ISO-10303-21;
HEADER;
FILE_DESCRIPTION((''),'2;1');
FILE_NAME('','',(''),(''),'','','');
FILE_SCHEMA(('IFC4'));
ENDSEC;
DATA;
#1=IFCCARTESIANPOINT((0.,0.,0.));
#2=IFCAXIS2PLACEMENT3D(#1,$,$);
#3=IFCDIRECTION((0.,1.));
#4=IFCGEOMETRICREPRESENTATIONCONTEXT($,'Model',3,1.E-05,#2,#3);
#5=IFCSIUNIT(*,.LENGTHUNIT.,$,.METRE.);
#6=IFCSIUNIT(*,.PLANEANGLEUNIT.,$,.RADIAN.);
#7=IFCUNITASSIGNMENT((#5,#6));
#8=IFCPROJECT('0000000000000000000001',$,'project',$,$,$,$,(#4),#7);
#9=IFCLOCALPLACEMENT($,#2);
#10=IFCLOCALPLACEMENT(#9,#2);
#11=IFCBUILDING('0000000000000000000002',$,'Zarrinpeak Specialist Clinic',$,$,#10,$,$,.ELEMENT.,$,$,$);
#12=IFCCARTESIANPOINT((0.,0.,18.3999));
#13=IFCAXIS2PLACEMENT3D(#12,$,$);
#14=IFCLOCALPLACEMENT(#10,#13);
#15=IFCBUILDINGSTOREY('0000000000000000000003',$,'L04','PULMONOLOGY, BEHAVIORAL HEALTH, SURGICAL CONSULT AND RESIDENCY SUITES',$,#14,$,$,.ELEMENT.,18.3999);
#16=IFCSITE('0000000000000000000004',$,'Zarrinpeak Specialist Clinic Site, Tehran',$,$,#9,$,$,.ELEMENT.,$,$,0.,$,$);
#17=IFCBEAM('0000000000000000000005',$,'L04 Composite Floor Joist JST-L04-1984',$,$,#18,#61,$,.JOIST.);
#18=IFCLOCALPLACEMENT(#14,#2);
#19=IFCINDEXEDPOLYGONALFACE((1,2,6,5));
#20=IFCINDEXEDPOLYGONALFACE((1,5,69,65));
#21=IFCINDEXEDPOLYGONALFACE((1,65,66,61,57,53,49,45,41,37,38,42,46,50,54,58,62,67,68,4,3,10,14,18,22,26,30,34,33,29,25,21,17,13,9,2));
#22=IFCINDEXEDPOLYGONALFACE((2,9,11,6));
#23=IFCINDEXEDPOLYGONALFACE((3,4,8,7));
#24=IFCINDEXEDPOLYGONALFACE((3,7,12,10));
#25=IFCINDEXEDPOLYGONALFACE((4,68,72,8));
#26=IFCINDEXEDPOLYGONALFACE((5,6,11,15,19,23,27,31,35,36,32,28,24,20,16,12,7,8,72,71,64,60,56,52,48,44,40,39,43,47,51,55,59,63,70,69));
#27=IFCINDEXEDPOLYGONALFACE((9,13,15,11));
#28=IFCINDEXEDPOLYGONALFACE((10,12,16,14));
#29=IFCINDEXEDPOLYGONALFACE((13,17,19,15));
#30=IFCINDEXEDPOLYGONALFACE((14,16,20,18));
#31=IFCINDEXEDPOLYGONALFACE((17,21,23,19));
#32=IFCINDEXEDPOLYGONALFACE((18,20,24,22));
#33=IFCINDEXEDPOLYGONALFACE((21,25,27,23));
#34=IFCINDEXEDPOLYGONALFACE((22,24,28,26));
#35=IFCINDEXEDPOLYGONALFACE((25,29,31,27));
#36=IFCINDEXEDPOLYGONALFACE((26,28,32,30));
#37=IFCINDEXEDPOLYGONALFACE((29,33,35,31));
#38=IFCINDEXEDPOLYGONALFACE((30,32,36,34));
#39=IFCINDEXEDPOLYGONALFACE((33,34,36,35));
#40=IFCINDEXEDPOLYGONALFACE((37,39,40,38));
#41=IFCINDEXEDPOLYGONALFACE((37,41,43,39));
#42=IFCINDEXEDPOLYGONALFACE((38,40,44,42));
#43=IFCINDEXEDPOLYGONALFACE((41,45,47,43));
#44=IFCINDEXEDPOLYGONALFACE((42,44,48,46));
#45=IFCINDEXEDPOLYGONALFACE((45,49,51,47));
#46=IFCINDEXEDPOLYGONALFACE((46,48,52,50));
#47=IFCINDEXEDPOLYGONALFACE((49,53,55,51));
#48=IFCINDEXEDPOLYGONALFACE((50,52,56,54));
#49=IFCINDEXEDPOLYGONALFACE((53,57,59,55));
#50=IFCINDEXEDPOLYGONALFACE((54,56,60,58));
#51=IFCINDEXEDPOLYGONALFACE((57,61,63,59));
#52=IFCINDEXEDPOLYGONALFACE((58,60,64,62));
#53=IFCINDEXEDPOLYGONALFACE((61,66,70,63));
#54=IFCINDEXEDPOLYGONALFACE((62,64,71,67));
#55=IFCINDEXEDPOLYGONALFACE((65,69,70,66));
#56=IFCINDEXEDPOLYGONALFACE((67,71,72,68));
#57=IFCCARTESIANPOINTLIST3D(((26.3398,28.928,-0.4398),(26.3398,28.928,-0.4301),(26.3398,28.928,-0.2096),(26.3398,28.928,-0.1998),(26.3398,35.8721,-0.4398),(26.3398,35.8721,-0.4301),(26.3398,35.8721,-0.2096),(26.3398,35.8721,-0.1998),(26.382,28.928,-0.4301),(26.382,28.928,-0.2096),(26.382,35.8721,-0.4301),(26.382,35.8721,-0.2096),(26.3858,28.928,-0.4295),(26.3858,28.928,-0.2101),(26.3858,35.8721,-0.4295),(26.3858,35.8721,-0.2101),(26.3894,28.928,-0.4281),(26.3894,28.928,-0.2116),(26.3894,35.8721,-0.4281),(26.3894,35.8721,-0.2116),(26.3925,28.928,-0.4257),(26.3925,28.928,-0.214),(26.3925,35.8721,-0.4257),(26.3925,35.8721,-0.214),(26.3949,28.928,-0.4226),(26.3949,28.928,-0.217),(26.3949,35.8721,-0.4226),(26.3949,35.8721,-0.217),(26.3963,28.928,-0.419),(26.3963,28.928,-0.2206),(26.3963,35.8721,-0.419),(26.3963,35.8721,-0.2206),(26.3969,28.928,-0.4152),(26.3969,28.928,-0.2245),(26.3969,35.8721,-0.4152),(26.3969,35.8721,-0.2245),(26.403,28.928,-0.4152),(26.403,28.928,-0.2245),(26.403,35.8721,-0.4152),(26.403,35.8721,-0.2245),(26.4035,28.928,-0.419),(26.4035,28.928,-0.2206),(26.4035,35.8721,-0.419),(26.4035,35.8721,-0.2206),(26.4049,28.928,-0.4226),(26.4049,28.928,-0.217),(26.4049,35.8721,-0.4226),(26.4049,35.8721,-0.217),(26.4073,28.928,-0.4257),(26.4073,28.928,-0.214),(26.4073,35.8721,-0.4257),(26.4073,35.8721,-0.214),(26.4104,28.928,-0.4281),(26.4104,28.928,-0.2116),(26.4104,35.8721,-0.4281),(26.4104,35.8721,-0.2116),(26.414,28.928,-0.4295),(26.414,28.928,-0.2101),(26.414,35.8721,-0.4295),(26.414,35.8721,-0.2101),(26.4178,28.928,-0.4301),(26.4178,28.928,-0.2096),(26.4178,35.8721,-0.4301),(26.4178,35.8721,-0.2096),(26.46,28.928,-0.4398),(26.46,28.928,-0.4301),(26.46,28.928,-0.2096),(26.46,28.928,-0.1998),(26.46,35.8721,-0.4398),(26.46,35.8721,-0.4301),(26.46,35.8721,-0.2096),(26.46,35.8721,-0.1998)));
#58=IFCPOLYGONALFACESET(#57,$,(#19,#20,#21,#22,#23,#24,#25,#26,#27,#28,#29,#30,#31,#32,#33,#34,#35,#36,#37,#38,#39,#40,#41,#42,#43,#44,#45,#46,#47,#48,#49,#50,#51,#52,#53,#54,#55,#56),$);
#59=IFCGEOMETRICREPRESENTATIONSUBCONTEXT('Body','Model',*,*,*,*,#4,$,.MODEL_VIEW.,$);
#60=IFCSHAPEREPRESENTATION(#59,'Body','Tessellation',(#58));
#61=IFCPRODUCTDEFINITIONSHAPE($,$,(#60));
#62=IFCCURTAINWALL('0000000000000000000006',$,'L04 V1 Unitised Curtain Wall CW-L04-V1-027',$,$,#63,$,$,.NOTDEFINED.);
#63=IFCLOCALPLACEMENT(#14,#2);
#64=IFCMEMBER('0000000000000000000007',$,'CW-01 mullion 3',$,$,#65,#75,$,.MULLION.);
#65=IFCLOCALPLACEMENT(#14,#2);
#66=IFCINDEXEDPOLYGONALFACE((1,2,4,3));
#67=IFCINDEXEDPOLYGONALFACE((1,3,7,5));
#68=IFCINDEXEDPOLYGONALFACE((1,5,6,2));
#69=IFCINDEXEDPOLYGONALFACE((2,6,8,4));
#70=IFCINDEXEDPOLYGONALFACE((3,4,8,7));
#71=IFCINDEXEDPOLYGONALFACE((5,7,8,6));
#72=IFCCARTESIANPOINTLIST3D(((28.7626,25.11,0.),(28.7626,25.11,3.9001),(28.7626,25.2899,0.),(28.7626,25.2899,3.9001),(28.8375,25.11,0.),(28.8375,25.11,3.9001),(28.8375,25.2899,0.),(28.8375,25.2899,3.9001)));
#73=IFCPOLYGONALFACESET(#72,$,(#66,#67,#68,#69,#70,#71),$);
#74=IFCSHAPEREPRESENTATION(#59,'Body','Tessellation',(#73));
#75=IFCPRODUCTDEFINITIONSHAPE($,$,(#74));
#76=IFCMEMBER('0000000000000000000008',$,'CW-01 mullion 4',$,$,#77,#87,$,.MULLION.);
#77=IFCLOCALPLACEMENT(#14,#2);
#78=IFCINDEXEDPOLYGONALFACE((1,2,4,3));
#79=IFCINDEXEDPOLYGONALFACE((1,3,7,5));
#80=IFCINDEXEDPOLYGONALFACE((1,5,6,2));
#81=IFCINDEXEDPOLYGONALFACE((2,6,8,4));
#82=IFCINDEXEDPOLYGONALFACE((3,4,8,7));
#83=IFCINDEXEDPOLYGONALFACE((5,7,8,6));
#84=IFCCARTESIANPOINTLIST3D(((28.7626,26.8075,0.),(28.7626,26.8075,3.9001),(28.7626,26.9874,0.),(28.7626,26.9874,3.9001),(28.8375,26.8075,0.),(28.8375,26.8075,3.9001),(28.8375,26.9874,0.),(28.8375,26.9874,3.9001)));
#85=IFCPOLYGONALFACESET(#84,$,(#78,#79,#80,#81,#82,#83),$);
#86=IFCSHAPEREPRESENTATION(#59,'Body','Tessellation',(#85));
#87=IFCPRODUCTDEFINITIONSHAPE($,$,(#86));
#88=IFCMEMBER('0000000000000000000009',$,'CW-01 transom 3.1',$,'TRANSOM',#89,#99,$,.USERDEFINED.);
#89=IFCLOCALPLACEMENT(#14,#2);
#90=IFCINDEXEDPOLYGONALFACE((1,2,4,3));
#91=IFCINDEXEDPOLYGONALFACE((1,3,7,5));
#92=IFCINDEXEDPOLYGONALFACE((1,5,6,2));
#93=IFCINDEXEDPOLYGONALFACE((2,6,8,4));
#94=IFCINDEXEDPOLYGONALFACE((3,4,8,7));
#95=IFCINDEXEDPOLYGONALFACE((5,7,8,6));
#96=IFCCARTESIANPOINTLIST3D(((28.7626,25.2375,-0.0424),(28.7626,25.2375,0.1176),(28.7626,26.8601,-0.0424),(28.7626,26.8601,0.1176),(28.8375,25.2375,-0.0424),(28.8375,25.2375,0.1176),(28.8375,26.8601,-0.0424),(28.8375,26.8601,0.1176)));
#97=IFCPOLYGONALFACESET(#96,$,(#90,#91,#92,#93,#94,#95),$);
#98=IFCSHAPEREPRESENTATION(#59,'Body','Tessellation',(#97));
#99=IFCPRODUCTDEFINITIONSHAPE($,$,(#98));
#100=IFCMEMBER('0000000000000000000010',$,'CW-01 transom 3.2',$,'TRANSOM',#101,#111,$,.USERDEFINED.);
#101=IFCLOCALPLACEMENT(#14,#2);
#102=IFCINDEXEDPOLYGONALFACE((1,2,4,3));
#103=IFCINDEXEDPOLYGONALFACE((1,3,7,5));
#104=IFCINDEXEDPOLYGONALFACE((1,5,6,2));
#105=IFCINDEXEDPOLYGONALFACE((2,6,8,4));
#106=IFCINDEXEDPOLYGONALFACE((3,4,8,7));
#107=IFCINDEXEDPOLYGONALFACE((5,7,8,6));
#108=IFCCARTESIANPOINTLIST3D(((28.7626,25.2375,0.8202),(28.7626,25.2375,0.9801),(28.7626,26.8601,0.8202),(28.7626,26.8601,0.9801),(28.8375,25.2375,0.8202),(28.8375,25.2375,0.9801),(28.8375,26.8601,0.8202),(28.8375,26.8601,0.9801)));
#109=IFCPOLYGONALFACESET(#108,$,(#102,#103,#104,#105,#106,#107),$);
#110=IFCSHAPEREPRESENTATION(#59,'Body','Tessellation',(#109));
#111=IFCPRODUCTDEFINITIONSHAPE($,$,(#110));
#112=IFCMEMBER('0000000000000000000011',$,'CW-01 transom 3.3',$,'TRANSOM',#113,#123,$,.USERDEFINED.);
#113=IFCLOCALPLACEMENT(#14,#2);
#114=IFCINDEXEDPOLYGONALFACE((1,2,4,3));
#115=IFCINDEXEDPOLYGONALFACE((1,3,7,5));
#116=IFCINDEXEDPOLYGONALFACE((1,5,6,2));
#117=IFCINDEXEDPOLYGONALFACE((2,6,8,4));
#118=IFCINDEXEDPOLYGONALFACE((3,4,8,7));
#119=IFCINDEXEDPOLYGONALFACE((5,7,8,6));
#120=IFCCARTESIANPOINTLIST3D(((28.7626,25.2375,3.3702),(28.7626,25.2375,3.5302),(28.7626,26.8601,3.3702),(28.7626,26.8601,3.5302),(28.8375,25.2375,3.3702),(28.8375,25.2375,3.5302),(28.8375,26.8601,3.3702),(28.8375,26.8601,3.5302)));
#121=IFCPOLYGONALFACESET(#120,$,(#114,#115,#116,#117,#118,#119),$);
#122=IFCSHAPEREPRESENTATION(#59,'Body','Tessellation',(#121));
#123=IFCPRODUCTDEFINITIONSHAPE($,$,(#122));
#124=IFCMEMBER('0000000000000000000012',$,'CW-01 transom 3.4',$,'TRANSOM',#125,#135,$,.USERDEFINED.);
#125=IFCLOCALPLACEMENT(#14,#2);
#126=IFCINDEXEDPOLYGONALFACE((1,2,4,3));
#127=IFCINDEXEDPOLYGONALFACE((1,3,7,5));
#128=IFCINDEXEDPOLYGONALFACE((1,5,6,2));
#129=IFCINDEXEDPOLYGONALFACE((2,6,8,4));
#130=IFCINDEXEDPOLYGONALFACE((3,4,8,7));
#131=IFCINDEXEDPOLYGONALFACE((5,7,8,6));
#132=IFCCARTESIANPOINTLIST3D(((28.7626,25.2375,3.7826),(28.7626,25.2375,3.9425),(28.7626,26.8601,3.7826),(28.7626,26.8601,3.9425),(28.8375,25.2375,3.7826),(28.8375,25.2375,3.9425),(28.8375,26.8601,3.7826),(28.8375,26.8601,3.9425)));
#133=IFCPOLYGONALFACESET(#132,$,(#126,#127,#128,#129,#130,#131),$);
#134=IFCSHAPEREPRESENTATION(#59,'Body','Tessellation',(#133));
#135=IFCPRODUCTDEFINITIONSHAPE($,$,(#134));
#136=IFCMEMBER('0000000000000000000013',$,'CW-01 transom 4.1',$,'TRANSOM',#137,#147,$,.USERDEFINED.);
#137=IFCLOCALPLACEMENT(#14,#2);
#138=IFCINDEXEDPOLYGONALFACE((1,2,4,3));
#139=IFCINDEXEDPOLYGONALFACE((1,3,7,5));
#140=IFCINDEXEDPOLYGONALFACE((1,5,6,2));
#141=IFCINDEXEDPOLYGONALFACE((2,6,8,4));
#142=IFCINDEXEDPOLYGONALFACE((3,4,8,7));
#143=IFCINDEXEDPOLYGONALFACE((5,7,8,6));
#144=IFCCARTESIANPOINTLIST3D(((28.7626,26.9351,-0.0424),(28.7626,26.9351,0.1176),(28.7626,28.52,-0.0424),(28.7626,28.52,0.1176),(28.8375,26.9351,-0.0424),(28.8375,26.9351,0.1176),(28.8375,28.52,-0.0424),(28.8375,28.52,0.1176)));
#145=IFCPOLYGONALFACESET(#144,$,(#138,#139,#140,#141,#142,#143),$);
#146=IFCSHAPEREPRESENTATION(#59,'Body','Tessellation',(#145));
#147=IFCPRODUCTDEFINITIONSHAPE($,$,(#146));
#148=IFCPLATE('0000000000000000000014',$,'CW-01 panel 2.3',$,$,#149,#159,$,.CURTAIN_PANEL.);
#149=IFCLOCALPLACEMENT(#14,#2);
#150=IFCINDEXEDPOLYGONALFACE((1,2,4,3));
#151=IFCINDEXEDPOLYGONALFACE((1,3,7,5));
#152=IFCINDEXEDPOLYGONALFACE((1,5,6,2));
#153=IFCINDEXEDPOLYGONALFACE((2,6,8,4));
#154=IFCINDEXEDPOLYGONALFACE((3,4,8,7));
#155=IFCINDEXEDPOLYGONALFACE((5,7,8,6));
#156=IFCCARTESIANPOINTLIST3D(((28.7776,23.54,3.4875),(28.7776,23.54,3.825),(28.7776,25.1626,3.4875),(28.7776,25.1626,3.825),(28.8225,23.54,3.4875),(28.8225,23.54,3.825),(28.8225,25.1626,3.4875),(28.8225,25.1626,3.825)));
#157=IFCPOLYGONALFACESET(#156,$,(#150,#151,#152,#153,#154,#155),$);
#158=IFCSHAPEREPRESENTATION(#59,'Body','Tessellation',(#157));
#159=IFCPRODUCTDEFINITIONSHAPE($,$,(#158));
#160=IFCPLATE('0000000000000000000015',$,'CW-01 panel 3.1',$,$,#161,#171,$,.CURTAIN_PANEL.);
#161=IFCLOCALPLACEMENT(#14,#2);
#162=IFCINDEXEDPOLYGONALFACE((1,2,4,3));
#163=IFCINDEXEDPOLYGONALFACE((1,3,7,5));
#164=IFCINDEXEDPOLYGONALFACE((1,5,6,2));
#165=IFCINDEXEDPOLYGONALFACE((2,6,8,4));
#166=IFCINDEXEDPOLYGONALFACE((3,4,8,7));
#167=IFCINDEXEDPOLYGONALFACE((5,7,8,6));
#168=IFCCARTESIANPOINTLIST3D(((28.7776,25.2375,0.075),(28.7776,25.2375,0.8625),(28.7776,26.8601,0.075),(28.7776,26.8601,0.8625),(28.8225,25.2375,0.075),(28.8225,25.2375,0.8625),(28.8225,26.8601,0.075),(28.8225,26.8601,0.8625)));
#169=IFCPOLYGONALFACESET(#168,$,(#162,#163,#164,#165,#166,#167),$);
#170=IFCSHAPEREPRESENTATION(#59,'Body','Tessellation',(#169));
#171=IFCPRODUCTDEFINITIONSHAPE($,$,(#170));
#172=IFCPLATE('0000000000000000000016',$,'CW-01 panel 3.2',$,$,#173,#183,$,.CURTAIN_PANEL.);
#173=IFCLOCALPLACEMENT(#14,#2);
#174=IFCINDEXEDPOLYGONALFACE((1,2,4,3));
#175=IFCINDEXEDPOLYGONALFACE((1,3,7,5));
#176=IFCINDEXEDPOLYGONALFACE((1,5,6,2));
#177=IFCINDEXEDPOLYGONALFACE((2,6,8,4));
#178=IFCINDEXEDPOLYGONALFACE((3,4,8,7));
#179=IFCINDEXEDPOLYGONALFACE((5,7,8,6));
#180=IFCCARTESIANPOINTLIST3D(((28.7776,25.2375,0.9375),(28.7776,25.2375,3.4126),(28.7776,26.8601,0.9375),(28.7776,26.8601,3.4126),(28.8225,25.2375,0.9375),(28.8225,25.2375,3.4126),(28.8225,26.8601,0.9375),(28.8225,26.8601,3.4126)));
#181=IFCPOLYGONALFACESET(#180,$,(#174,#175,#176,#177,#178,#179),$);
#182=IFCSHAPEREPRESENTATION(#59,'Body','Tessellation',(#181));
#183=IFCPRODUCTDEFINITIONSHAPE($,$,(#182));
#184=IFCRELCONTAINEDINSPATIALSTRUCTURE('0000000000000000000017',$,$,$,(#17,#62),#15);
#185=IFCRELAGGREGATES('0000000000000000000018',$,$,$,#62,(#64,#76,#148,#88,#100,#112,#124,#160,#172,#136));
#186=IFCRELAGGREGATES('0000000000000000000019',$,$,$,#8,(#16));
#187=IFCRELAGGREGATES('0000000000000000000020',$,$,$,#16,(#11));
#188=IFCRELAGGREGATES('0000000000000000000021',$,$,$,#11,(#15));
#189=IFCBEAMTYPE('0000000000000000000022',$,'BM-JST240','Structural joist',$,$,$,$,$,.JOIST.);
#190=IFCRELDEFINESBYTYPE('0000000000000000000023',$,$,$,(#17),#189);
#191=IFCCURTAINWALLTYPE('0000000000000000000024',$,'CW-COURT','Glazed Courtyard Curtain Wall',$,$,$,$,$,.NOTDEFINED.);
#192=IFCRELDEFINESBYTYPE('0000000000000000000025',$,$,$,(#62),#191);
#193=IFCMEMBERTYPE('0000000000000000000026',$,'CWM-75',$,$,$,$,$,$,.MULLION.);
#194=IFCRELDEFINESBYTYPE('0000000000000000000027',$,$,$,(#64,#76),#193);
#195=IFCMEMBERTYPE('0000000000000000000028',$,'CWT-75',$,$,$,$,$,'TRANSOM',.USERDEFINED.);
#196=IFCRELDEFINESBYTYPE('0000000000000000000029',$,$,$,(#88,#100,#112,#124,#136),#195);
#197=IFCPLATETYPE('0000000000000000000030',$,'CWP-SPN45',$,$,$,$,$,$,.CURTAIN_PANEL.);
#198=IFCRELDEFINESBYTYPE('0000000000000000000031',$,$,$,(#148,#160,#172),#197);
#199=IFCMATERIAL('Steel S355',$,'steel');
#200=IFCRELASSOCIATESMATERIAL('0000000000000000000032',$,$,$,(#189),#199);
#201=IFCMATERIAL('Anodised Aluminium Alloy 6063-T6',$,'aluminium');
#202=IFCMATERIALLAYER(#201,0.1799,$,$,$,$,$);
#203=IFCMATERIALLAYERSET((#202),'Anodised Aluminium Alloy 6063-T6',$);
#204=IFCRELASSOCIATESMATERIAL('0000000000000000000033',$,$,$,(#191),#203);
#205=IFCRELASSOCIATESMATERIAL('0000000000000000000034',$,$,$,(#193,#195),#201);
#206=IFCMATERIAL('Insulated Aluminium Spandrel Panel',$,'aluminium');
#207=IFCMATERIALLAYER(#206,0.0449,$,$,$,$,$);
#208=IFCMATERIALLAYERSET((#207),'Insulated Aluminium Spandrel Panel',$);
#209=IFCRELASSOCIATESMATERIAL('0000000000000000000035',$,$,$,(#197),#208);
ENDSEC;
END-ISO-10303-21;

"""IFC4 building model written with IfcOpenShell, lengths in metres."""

from ifc_helpers import new_model, si_unit, direction, frame, origin, origin_2d, place, context, subcontext, project, spatial, rectangle, i_section, extrude, material, layer, layer_set, material_profile, profile_set, type_object, element, aggregate, save


model = new_model("IFC4")

# Units and contexts
model_context = context("Model", 3, precision=1e-05, world=origin(), true_north=direction((0.0, 1.0)))
body_context = subcontext(model_context, "Body", "Model", "MODEL_VIEW")
ifc_project = project(units=[si_unit("LENGTHUNIT", "METRE"), si_unit("PLANEANGLEUNIT", "RADIAN")], contexts=[model_context])

# Site, building, storey
site_placement = place(None, origin())
site = spatial("IfcSite", under=ifc_project, at=site_placement, Name="Zarrinpeak Specialist Clinic Site, Tehran", CompositionType="ELEMENT", RefElevation=0.0)
building_placement = place(site_placement, origin())
building = spatial("IfcBuilding", under=site, at=building_placement, Name="Zarrinpeak Specialist Clinic", CompositionType="ELEMENT")
storey_placement = place(building_placement, frame((0.0, 0.0, 18.3999)))
storey = spatial("IfcBuildingStorey", under=building, at=storey_placement, Name="L04", Description="PULMONOLOGY, BEHAVIORAL HEALTH, SURGICAL CONSULT AND RESIDENCY SUITES", CompositionType="ELEMENT", Elevation=18.3999)

# Shared definitions
ifc_material_1 = material(Name="Steel S355", Category="steel")

# Beam
ifc_material_profile_1 = material_profile(ifc_material_1, i_section(OverallWidth=0.1201, OverallDepth=0.24, WebThickness=0.0061, FlangeThickness=0.0098, FilletRadius=0.0149, at=origin_2d()), Name="IPE 240")
ifc_profile_set_1 = profile_set([ifc_material_profile_1], Name="Steel S355")
beam_type_1 = type_object("IfcBeamType", Name="BM-JST240", Description="Structural joist", PredefinedType="JOIST", material=ifc_profile_set_1)
for number, where, z_axis, x_axis, name in (
    (1, (26.3999, 28.928, -0.3198), (0.0, 1.0, 0.0), (-1.0, 0.0, 0.0), "L04 Composite Floor Joist JST-L04-1984"),
):
    element("IfcBeam", number, at=place(storey_placement, frame(where, z_axis=z_axis, x_axis=x_axis)), inside=storey, type_object=beam_type_1, Name=name, PredefinedType="JOIST", context=body_context, shape_type="SweptSolid", body=[
        extrude(i_section(OverallWidth=0.1201, OverallDepth=0.24, WebThickness=0.0061, FlangeThickness=0.0098, FilletRadius=0.0149, at=origin_2d()), origin(), (0.0, 0.0, 1.0), 6.9441),
    ])

# Curtain wall, members, plates
ifc_material_2 = material(Name="Anodised Aluminium Alloy 6063-T6", Category="aluminium")
ifc_layer_1 = layer(ifc_material_2, 0.1799)
ifc_layer_set_1 = layer_set([ifc_layer_1], Name="Anodised Aluminium Alloy 6063-T6")
curtain_wall_type = type_object("IfcCurtainWallType", Name="CW-COURT", Description="Glazed Courtyard Curtain Wall", PredefinedType="NOTDEFINED", material=ifc_layer_set_1)
curtain_wall_placement = place(storey_placement, origin())
curtain_wall = element("IfcCurtainWall", 2, at=curtain_wall_placement, inside=storey, type_object=curtain_wall_type, Name="L04 V1 Unitised Curtain Wall CW-L04-V1-027", PredefinedType="NOTDEFINED")
ifc_material_profile_2 = material_profile(ifc_material_2, rectangle(XDim=0.075, YDim=0.1799, at=origin_2d()), Name="ALU 75x180")
ifc_profile_set_2 = profile_set([ifc_material_profile_2], Name="Anodised Aluminium Alloy 6063-T6")
member_type_1 = type_object("IfcMemberType", Name="CWM-75", PredefinedType="MULLION", material=ifc_profile_set_2)
member_1_placement = place(storey_placement, frame((28.8, 25.2, 0.0), z_axis=(0.0, 0.0, 1.0), x_axis=(-1.0, 0.0, 0.0)))
member_1 = element("IfcMember", 3, at=member_1_placement, type_object=member_type_1, Name="CW-01 mullion 3", PredefinedType="MULLION", context=body_context, shape_type="SweptSolid", body=[
    extrude(rectangle(XDim=0.075, YDim=0.1799, at=origin_2d()), origin(), (0.0, 0.0, 1.0), 3.9001),
])
member_2_placement = place(storey_placement, frame((28.8, 26.8975, 0.0), z_axis=(0.0, 0.0, 1.0), x_axis=(-1.0, 0.0, 0.0)))
member_2 = element("IfcMember", 4, at=member_2_placement, type_object=member_type_1, Name="CW-01 mullion 4", PredefinedType="MULLION", context=body_context, shape_type="SweptSolid", body=[
    extrude(rectangle(XDim=0.075, YDim=0.1799, at=origin_2d()), origin(), (0.0, 0.0, 1.0), 3.9001),
])
ifc_material_profile_3 = material_profile(ifc_material_2, rectangle(XDim=0.075, YDim=0.1599, at=origin_2d()), Name="ALU 75x160")
ifc_profile_set_3 = profile_set([ifc_material_profile_3], Name="Anodised Aluminium Alloy 6063-T6")
member_type_2 = type_object("IfcMemberType", Name="CWT-75", ElementType="TRANSOM", PredefinedType="USERDEFINED", material=ifc_profile_set_3)
member_3_placement = place(storey_placement, frame((28.8, 25.2375, 0.0376), z_axis=(0.0, 1.0, 0.0), x_axis=(-1.0, 0.0, 0.0)))
member_3 = element("IfcMember", 5, at=member_3_placement, type_object=member_type_2, Name="CW-01 transom 3.1", ObjectType="TRANSOM", PredefinedType="USERDEFINED", context=body_context, shape_type="SweptSolid", body=[
    extrude(rectangle(XDim=0.075, YDim=0.1599, at=origin_2d()), origin(), (0.0, 0.0, 1.0), 1.6226),
])
member_4_placement = place(storey_placement, frame((28.8, 25.2375, 0.9001), z_axis=(0.0, 1.0, 0.0), x_axis=(-1.0, 0.0, 0.0)))
member_4 = element("IfcMember", 6, at=member_4_placement, type_object=member_type_2, Name="CW-01 transom 3.2", ObjectType="TRANSOM", PredefinedType="USERDEFINED", context=body_context, shape_type="SweptSolid", body=[
    extrude(rectangle(XDim=0.075, YDim=0.1599, at=origin_2d()), origin(), (0.0, 0.0, 1.0), 1.6226),
])
member_5_placement = place(storey_placement, frame((28.8, 25.2375, 3.4502), z_axis=(0.0, 1.0, 0.0), x_axis=(-1.0, 0.0, 0.0)))
member_5 = element("IfcMember", 7, at=member_5_placement, type_object=member_type_2, Name="CW-01 transom 3.3", ObjectType="TRANSOM", PredefinedType="USERDEFINED", context=body_context, shape_type="SweptSolid", body=[
    extrude(rectangle(XDim=0.075, YDim=0.1599, at=origin_2d()), origin(), (0.0, 0.0, 1.0), 1.6226),
])
member_6_placement = place(storey_placement, frame((28.8, 25.2375, 3.8625), z_axis=(0.0, 1.0, 0.0), x_axis=(-1.0, 0.0, 0.0)))
member_6 = element("IfcMember", 8, at=member_6_placement, type_object=member_type_2, Name="CW-01 transom 3.4", ObjectType="TRANSOM", PredefinedType="USERDEFINED", context=body_context, shape_type="SweptSolid", body=[
    extrude(rectangle(XDim=0.075, YDim=0.1599, at=origin_2d()), origin(), (0.0, 0.0, 1.0), 1.6226),
])
member_7_placement = place(storey_placement, frame((28.8, 26.9351, 0.0376), z_axis=(0.0, 1.0, 0.0), x_axis=(-1.0, 0.0, 0.0)))
member_7 = element("IfcMember", 9, at=member_7_placement, type_object=member_type_2, Name="CW-01 transom 4.1", ObjectType="TRANSOM", PredefinedType="USERDEFINED", context=body_context, shape_type="SweptSolid", body=[
    extrude(rectangle(XDim=0.075, YDim=0.1599, at=origin_2d()), origin(), (0.0, 0.0, 1.0), 1.585),
])
ifc_material_3 = material(Name="Insulated Aluminium Spandrel Panel", Category="aluminium")
ifc_layer_2 = layer(ifc_material_3, 0.0449)
ifc_layer_set_2 = layer_set([ifc_layer_2], Name="Insulated Aluminium Spandrel Panel")
plate_type = type_object("IfcPlateType", Name="CWP-SPN45", PredefinedType="CURTAIN_PANEL", material=ifc_layer_set_2)
plate_1_placement = place(storey_placement, frame((28.8, 24.3513, 3.4875), z_axis=(0.0, 0.0, 1.0), x_axis=(0.0, 1.0, 0.0)))
plate_1 = element("IfcPlate", 10, at=plate_1_placement, type_object=plate_type, Name="CW-01 panel 2.3", PredefinedType="CURTAIN_PANEL", context=body_context, shape_type="SweptSolid", body=[
    extrude(rectangle(XDim=1.6226, YDim=0.0449, at=origin_2d()), origin(), (0.0, 0.0, 1.0), 0.3374),
])
plate_2_placement = place(storey_placement, frame((28.8, 26.0488, 0.075), z_axis=(0.0, 0.0, 1.0), x_axis=(0.0, 1.0, 0.0)))
plate_2 = element("IfcPlate", 11, at=plate_2_placement, type_object=plate_type, Name="CW-01 panel 3.1", PredefinedType="CURTAIN_PANEL", context=body_context, shape_type="SweptSolid", body=[
    extrude(rectangle(XDim=1.6226, YDim=0.0449, at=origin_2d()), origin(), (0.0, 0.0, 1.0), 0.7876),
])
plate_3_placement = place(storey_placement, frame((28.8, 26.0488, 0.9375), z_axis=(0.0, 0.0, 1.0), x_axis=(0.0, 1.0, 0.0)))
plate_3 = element("IfcPlate", 12, at=plate_3_placement, type_object=plate_type, Name="CW-01 panel 3.2", PredefinedType="CURTAIN_PANEL", context=body_context, shape_type="SweptSolid", body=[
    extrude(rectangle(XDim=1.6226, YDim=0.0449, at=origin_2d()), origin(), (0.0, 0.0, 1.0), 2.4751),
])
aggregate(curtain_wall, [member_1, member_2, plate_1, member_3, member_4, member_5, member_6, plate_2, plate_3, member_7])

save(model, "model.ifc")
